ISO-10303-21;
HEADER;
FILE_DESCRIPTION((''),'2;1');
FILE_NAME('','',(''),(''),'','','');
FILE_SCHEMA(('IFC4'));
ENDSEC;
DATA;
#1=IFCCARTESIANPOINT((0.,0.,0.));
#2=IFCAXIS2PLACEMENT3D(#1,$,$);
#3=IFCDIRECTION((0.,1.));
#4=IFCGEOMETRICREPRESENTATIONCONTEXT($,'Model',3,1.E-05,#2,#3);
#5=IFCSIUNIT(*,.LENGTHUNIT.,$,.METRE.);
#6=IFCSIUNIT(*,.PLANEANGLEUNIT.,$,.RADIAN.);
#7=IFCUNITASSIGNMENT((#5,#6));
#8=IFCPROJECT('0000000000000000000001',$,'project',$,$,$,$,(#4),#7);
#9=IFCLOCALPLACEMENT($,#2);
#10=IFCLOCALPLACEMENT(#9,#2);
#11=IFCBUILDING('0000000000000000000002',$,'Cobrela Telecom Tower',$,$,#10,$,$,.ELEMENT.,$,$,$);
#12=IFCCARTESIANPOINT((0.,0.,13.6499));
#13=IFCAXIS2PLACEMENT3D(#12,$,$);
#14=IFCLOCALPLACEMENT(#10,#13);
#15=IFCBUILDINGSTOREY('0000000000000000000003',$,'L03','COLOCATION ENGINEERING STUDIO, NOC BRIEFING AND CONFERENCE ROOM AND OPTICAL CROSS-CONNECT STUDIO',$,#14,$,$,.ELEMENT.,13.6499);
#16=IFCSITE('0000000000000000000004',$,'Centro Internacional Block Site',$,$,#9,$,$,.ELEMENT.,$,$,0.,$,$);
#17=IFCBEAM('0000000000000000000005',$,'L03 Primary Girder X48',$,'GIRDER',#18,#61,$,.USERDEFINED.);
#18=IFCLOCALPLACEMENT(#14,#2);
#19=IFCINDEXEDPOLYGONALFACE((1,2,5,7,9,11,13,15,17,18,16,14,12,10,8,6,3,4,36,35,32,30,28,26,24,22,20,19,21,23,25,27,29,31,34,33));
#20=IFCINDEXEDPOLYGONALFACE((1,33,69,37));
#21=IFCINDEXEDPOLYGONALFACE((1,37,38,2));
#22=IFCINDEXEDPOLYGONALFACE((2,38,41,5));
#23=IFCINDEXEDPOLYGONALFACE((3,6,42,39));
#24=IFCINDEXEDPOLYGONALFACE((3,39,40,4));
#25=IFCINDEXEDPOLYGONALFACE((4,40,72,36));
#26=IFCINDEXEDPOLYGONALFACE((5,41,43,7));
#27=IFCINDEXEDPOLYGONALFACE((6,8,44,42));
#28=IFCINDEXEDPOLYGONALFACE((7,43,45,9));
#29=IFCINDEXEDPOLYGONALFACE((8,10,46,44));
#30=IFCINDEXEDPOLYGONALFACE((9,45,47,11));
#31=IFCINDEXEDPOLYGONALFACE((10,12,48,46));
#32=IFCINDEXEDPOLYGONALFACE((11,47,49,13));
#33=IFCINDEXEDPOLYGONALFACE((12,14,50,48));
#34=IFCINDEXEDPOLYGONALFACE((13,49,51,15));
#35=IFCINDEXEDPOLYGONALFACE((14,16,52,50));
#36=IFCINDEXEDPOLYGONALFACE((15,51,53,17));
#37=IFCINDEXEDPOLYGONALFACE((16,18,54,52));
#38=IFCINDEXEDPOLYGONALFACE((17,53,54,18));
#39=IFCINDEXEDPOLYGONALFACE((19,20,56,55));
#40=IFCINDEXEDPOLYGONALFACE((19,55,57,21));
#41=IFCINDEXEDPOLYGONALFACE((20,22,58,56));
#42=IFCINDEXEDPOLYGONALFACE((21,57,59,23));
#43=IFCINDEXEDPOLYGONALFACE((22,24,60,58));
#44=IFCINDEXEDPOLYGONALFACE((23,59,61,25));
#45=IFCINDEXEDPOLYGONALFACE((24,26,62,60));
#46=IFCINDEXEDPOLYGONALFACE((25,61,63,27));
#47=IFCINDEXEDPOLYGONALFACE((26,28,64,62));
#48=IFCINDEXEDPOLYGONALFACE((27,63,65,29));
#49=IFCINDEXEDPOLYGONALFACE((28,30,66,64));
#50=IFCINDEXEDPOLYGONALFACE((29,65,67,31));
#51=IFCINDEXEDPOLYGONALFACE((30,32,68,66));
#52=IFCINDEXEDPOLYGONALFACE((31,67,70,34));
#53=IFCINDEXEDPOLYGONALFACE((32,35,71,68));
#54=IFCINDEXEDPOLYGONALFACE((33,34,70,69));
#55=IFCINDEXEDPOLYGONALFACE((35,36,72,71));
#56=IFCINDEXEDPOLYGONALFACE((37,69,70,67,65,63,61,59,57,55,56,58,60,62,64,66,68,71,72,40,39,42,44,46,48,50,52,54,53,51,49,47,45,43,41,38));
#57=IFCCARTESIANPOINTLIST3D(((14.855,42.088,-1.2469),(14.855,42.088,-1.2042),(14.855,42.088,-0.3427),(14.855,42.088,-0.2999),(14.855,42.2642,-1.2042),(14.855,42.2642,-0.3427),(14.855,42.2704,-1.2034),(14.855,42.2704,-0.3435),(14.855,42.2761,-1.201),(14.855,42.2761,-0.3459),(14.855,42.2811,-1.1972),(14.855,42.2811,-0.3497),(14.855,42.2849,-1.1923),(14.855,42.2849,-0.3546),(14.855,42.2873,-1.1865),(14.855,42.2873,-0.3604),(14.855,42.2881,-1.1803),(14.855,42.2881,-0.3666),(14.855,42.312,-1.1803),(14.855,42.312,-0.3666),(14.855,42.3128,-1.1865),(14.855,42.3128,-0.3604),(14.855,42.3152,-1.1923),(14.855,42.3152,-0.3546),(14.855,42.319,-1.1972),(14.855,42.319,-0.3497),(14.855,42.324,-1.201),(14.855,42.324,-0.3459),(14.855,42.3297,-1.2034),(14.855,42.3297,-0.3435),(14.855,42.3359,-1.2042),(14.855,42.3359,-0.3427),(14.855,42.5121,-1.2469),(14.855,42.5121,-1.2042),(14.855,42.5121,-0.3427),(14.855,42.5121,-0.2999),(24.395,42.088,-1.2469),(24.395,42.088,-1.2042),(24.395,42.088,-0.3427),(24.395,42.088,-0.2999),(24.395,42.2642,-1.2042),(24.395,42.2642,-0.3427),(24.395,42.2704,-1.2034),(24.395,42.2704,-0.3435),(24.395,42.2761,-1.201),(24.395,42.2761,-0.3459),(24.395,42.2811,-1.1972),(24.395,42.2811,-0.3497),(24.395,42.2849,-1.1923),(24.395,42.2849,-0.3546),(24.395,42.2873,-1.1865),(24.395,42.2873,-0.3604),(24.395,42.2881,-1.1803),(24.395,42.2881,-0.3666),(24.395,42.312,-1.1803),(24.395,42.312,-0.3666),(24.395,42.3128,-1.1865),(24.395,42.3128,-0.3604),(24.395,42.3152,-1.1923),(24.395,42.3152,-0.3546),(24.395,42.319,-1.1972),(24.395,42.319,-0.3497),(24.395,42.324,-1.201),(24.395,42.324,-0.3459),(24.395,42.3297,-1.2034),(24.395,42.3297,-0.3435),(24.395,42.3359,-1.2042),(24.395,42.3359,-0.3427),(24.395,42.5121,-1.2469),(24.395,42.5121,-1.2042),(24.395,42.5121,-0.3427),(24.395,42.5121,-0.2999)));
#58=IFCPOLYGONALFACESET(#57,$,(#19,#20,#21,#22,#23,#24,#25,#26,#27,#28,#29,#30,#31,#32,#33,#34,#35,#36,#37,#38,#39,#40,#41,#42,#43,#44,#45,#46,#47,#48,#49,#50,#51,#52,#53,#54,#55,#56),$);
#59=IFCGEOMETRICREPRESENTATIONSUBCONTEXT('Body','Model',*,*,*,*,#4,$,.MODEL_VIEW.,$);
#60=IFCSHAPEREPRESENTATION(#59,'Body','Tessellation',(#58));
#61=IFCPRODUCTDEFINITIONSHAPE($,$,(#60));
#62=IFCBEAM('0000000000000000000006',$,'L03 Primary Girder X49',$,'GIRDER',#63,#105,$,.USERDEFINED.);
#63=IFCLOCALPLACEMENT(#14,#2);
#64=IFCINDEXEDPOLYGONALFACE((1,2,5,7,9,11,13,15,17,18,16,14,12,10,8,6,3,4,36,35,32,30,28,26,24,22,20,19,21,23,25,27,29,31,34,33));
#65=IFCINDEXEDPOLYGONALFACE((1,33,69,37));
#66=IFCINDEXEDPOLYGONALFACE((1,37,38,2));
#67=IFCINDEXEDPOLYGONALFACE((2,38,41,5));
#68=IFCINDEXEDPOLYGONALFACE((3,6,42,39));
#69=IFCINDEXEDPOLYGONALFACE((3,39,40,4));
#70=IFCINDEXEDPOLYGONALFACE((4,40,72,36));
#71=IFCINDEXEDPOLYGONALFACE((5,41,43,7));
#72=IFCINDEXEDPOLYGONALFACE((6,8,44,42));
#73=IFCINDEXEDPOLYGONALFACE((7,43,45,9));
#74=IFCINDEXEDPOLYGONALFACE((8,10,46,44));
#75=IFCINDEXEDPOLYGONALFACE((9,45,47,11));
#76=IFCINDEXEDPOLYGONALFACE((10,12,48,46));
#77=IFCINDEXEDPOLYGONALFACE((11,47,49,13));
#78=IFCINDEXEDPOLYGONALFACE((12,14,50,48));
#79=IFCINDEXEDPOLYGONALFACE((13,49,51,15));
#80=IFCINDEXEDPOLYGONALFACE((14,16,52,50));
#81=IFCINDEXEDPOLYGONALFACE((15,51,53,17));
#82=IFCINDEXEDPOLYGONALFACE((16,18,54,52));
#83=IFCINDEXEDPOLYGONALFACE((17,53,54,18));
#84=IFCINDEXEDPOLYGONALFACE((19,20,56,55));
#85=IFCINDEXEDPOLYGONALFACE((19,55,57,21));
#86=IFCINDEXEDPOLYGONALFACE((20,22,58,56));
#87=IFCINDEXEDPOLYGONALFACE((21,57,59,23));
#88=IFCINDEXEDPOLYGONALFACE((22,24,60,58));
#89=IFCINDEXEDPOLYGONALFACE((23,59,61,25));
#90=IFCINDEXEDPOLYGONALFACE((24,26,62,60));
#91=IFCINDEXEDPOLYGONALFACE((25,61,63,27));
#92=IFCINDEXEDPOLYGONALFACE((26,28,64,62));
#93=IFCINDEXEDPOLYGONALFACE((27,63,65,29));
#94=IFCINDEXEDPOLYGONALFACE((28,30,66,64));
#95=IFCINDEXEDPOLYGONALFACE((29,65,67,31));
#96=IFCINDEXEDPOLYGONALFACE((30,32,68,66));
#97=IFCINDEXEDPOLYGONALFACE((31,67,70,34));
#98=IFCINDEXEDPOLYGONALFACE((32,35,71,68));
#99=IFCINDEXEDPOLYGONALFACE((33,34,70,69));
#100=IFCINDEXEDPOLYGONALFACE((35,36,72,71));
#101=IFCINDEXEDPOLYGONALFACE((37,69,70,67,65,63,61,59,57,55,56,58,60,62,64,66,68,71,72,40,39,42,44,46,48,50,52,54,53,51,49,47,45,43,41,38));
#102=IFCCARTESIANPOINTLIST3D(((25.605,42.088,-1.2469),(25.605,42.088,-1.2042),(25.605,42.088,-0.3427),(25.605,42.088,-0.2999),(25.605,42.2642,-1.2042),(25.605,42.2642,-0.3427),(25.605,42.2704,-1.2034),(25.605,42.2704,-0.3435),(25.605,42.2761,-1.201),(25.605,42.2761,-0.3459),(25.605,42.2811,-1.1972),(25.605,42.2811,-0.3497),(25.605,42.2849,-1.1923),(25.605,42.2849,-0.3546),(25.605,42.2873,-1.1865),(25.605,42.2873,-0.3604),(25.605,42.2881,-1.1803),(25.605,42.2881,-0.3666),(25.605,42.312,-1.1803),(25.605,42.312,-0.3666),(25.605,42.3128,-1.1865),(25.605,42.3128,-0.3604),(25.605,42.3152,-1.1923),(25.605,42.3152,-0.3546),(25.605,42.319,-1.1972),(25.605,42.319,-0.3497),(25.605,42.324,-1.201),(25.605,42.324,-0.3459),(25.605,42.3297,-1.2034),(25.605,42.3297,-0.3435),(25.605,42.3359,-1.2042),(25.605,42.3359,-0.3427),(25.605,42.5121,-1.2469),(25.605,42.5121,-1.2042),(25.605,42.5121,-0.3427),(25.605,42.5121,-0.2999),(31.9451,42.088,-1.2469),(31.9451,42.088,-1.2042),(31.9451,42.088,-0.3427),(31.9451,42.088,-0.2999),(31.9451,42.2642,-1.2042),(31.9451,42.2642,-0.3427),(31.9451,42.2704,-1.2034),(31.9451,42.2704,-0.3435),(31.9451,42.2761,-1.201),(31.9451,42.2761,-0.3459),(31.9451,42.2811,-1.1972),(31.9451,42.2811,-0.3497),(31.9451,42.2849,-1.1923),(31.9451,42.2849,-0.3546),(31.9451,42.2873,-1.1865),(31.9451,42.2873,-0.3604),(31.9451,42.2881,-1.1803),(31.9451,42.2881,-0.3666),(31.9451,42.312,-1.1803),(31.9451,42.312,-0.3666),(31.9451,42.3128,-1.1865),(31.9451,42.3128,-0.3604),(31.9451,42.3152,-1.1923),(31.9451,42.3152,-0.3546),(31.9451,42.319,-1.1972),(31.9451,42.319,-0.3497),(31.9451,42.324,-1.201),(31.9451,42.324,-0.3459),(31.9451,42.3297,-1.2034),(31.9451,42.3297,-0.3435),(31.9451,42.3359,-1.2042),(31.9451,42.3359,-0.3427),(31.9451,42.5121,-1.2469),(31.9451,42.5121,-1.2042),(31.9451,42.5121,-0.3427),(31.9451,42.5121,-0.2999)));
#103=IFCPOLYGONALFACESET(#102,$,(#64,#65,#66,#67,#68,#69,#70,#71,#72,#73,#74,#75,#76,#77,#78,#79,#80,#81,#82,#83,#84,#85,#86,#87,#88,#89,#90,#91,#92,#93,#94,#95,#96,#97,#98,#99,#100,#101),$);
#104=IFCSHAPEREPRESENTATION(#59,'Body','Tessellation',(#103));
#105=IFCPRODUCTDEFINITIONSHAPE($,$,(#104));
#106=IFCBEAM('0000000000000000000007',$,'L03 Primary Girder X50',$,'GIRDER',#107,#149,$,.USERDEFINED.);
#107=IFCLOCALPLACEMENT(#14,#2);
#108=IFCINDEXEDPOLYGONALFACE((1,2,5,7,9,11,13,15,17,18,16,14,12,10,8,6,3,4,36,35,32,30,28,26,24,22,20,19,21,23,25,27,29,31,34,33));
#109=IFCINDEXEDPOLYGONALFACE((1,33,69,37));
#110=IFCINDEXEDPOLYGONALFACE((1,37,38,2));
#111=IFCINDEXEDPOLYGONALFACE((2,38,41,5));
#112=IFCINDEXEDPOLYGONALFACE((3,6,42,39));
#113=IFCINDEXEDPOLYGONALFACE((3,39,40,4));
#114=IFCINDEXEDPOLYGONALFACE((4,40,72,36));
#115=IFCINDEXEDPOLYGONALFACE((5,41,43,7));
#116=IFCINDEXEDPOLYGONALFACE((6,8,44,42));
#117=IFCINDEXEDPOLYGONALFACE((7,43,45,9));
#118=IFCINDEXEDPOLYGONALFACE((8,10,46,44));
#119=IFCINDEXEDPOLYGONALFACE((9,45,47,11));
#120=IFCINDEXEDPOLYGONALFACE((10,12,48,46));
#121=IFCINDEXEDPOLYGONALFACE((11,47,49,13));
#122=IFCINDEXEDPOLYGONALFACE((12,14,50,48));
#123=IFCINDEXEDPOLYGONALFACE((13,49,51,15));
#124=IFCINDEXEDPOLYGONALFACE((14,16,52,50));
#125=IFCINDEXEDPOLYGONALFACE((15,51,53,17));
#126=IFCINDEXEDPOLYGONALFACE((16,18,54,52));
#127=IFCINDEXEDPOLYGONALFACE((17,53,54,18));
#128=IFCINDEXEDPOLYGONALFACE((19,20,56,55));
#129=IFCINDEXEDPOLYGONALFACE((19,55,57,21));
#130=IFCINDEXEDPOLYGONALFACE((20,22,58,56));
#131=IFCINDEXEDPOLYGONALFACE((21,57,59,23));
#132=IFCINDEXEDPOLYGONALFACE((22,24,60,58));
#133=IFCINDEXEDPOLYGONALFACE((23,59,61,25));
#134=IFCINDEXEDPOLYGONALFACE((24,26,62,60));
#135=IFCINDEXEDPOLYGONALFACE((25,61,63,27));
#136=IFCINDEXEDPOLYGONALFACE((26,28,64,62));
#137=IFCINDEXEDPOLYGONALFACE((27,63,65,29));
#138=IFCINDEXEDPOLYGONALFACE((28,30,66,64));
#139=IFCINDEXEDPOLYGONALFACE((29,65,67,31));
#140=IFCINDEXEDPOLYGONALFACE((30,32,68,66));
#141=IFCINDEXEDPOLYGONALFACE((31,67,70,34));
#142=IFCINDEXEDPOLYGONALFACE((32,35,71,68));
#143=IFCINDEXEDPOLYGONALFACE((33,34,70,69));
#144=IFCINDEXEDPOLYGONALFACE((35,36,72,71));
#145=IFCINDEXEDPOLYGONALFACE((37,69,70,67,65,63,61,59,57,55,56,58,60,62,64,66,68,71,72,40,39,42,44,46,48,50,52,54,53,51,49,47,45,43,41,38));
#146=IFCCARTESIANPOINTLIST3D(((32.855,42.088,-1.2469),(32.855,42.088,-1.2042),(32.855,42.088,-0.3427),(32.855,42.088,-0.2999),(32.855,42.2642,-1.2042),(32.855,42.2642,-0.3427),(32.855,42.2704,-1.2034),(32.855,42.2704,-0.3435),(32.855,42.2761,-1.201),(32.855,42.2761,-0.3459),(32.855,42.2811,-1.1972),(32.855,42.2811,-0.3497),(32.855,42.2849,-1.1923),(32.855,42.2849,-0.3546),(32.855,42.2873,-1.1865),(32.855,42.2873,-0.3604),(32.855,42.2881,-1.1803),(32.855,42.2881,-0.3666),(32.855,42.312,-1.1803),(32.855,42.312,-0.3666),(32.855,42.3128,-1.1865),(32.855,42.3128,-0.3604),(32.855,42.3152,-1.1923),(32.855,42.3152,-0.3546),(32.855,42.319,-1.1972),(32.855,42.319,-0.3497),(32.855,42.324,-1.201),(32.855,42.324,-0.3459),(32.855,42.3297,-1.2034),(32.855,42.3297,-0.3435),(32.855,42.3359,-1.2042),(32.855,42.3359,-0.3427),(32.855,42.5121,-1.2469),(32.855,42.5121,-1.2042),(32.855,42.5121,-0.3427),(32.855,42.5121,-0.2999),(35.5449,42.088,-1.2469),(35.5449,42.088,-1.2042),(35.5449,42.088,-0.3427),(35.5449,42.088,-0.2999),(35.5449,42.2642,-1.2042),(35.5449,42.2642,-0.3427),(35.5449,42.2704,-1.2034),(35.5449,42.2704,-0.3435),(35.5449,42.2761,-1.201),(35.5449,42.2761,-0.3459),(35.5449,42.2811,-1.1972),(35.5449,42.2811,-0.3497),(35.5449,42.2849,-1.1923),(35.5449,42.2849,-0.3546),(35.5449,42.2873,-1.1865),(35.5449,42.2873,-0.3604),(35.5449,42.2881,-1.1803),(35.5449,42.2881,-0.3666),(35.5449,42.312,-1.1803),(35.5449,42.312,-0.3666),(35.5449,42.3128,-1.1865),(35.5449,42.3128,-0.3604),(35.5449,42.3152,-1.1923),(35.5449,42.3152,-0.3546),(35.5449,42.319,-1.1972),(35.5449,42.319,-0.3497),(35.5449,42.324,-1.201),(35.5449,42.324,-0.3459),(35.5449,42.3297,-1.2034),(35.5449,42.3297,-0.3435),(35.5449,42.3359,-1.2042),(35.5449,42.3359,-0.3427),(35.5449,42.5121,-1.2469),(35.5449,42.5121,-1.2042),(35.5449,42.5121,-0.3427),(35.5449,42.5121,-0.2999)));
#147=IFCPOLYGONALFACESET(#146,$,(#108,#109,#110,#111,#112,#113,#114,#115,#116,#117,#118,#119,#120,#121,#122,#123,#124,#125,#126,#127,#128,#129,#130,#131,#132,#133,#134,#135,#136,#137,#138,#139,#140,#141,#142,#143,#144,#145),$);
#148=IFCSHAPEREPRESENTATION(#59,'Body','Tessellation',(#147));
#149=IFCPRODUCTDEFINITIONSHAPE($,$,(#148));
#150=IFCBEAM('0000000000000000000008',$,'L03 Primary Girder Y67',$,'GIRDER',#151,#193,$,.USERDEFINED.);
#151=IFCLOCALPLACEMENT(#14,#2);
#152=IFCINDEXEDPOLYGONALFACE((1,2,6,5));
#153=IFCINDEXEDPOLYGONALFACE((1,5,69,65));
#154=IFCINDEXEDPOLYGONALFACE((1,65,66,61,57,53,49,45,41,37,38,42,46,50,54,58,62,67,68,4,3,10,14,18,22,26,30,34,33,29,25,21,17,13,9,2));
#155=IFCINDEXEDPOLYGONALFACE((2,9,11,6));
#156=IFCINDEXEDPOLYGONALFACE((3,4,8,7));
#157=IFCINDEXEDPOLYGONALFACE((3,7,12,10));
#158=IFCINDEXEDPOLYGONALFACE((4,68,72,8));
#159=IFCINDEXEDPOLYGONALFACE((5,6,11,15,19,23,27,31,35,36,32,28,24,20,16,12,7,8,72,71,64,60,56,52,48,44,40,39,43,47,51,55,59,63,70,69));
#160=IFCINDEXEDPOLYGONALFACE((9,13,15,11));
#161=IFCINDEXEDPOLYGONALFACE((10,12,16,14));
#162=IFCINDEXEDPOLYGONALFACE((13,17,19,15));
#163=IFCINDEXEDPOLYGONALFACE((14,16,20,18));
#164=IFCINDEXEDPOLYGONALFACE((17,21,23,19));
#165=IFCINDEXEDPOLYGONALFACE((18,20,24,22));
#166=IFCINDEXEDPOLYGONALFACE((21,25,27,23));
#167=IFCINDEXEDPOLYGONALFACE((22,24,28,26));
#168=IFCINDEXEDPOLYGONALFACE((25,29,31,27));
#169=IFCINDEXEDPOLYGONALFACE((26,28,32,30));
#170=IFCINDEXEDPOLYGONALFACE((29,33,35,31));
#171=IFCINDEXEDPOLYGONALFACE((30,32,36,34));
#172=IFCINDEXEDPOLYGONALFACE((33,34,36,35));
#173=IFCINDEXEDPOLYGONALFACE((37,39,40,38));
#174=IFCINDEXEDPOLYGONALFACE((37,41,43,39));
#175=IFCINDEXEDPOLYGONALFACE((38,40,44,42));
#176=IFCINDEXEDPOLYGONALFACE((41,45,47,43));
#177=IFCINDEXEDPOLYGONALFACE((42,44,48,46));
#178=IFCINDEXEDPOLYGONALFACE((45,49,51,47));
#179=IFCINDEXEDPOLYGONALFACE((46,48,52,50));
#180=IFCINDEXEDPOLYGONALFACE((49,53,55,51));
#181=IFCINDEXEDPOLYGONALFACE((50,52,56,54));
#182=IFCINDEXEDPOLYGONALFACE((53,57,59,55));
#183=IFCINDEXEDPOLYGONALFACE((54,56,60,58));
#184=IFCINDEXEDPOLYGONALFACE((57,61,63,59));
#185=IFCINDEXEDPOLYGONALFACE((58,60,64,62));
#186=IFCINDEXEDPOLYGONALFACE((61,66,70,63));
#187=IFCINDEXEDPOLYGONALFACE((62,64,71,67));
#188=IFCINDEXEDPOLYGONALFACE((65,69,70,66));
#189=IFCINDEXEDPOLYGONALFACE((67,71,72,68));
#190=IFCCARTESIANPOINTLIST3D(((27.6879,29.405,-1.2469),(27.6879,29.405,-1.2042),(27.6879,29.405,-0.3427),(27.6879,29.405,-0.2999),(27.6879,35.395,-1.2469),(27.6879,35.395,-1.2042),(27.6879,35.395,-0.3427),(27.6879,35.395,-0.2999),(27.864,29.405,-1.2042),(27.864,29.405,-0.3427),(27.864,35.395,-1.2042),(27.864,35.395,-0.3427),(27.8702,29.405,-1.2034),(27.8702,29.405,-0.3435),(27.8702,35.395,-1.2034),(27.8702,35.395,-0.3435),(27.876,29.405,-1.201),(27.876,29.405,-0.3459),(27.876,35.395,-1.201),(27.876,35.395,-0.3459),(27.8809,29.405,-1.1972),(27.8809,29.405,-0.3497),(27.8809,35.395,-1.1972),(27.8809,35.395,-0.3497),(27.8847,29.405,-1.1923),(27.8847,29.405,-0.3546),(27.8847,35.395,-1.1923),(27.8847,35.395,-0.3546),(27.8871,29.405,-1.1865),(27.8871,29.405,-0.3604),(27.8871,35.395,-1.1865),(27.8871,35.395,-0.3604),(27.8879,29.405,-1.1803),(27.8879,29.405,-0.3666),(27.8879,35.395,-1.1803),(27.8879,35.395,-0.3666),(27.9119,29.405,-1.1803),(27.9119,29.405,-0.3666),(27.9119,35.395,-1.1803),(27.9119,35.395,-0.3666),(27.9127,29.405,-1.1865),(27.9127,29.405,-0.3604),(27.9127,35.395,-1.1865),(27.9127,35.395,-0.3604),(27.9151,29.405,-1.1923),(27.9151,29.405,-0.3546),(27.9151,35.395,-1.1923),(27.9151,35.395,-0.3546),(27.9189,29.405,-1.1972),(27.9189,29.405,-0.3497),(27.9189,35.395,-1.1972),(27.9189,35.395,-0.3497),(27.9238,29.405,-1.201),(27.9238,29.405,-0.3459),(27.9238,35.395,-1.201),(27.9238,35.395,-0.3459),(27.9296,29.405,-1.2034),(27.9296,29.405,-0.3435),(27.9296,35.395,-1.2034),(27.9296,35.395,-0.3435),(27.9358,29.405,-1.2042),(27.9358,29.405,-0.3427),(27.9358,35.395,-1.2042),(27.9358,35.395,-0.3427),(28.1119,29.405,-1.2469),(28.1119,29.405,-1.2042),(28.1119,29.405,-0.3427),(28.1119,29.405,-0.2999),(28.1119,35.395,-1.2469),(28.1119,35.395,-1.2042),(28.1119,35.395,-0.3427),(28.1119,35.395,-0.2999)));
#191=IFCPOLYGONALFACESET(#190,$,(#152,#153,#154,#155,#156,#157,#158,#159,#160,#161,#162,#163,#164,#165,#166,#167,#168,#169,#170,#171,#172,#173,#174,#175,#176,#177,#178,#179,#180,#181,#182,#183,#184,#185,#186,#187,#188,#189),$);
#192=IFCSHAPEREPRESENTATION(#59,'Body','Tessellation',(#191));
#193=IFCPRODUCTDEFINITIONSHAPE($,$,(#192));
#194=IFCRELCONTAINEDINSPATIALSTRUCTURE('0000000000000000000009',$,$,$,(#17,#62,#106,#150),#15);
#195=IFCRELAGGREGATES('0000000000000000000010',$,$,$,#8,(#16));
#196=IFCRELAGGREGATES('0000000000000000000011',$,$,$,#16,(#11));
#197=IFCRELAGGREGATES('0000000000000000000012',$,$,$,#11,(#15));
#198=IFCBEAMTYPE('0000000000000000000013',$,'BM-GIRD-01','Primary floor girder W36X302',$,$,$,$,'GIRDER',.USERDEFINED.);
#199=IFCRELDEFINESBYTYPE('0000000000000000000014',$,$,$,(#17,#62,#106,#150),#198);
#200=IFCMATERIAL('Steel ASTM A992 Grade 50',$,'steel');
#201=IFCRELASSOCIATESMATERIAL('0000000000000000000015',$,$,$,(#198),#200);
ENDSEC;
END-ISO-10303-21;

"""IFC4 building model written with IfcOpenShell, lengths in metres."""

from ifc_helpers import new_model, si_unit, direction, frame, origin, origin_2d, place, context, subcontext, project, spatial, i_section, extrude, material, material_profile, profile_set, type_object, element, save


model = new_model("IFC4")

# Units and contexts
model_context = context("Model", 3, precision=1e-05, world=origin(), true_north=direction((0.0, 1.0)))
body_context = subcontext(model_context, "Body", "Model", "MODEL_VIEW")
ifc_project = project(units=[si_unit("LENGTHUNIT", "METRE"), si_unit("PLANEANGLEUNIT", "RADIAN")], contexts=[model_context])

# Site, building, storey
site_placement = place(None, origin())
site = spatial("IfcSite", under=ifc_project, at=site_placement, Name="Centro Internacional Block Site", CompositionType="ELEMENT", RefElevation=0.0)
building_placement = place(site_placement, origin())
building = spatial("IfcBuilding", under=site, at=building_placement, Name="Cobrela Telecom Tower", CompositionType="ELEMENT")
storey_placement = place(building_placement, frame((0.0, 0.0, 13.6499)))
storey = spatial("IfcBuildingStorey", under=building, at=storey_placement, Name="L03", Description="COLOCATION ENGINEERING STUDIO, NOC BRIEFING AND CONFERENCE ROOM AND OPTICAL CROSS-CONNECT STUDIO", CompositionType="ELEMENT", Elevation=13.6499)

# Beams
ifc_material_1 = material(Name="Steel ASTM A992 Grade 50", Category="steel")
ifc_material_profile_1 = material_profile(ifc_material_1, i_section(OverallWidth=0.4241, OverallDepth=0.947, WebThickness=0.0239, FlangeThickness=0.0427, FilletRadius=0.0239, at=origin_2d()), Name="W36X302")
ifc_profile_set_1 = profile_set([ifc_material_profile_1], Name="Steel ASTM A992 Grade 50")
beam_type_1 = type_object("IfcBeamType", Name="BM-GIRD-01", Description="Primary floor girder W36X302", ElementType="GIRDER", PredefinedType="USERDEFINED", material=ifc_profile_set_1)
beam_1_placement = place(storey_placement, frame((14.855, 42.3, -0.7734), z_axis=(1.0, 0.0, 0.0), x_axis=(0.0, 1.0, 0.0)))
element("IfcBeam", 1, at=beam_1_placement, inside=storey, type_object=beam_type_1, Name="L03 Primary Girder X48", ObjectType="GIRDER", PredefinedType="USERDEFINED", context=body_context, shape_type="SweptSolid", body=[
    extrude(i_section(OverallWidth=0.4241, OverallDepth=0.947, WebThickness=0.0239, FlangeThickness=0.0427, FilletRadius=0.0239, at=origin_2d()), origin(), (0.0, 0.0, 1.0), 9.54),
])
beam_2_placement = place(storey_placement, frame((25.605, 42.3, -0.7734), z_axis=(1.0, 0.0, 0.0), x_axis=(0.0, 1.0, 0.0)))
element("IfcBeam", 2, at=beam_2_placement, inside=storey, type_object=beam_type_1, Name="L03 Primary Girder X49", ObjectType="GIRDER", PredefinedType="USERDEFINED", context=body_context, shape_type="SweptSolid", body=[
    extrude(i_section(OverallWidth=0.4241, OverallDepth=0.947, WebThickness=0.0239, FlangeThickness=0.0427, FilletRadius=0.0239, at=origin_2d()), origin(), (0.0, 0.0, 1.0), 6.3401),
])
beam_3_placement = place(storey_placement, frame((32.855, 42.3, -0.7734), z_axis=(1.0, 0.0, 0.0), x_axis=(0.0, 1.0, 0.0)))
element("IfcBeam", 3, at=beam_3_placement, inside=storey, type_object=beam_type_1, Name="L03 Primary Girder X50", ObjectType="GIRDER", PredefinedType="USERDEFINED", context=body_context, shape_type="SweptSolid", body=[
    extrude(i_section(OverallWidth=0.4241, OverallDepth=0.947, WebThickness=0.0239, FlangeThickness=0.0427, FilletRadius=0.0239, at=origin_2d()), origin(), (0.0, 0.0, 1.0), 2.6899),
])
beam_4_placement = place(storey_placement, frame((27.8999, 29.405, -0.7734), z_axis=(0.0, 1.0, 0.0), x_axis=(-1.0, 0.0, 0.0)))
element("IfcBeam", 4, at=beam_4_placement, inside=storey, type_object=beam_type_1, Name="L03 Primary Girder Y67", ObjectType="GIRDER", PredefinedType="USERDEFINED", context=body_context, shape_type="SweptSolid", body=[
    extrude(i_section(OverallWidth=0.4241, OverallDepth=0.947, WebThickness=0.0239, FlangeThickness=0.0427, FilletRadius=0.0239, at=origin_2d()), origin(), (0.0, 0.0, 1.0), 5.99),
])

save(model, "model.ifc")
